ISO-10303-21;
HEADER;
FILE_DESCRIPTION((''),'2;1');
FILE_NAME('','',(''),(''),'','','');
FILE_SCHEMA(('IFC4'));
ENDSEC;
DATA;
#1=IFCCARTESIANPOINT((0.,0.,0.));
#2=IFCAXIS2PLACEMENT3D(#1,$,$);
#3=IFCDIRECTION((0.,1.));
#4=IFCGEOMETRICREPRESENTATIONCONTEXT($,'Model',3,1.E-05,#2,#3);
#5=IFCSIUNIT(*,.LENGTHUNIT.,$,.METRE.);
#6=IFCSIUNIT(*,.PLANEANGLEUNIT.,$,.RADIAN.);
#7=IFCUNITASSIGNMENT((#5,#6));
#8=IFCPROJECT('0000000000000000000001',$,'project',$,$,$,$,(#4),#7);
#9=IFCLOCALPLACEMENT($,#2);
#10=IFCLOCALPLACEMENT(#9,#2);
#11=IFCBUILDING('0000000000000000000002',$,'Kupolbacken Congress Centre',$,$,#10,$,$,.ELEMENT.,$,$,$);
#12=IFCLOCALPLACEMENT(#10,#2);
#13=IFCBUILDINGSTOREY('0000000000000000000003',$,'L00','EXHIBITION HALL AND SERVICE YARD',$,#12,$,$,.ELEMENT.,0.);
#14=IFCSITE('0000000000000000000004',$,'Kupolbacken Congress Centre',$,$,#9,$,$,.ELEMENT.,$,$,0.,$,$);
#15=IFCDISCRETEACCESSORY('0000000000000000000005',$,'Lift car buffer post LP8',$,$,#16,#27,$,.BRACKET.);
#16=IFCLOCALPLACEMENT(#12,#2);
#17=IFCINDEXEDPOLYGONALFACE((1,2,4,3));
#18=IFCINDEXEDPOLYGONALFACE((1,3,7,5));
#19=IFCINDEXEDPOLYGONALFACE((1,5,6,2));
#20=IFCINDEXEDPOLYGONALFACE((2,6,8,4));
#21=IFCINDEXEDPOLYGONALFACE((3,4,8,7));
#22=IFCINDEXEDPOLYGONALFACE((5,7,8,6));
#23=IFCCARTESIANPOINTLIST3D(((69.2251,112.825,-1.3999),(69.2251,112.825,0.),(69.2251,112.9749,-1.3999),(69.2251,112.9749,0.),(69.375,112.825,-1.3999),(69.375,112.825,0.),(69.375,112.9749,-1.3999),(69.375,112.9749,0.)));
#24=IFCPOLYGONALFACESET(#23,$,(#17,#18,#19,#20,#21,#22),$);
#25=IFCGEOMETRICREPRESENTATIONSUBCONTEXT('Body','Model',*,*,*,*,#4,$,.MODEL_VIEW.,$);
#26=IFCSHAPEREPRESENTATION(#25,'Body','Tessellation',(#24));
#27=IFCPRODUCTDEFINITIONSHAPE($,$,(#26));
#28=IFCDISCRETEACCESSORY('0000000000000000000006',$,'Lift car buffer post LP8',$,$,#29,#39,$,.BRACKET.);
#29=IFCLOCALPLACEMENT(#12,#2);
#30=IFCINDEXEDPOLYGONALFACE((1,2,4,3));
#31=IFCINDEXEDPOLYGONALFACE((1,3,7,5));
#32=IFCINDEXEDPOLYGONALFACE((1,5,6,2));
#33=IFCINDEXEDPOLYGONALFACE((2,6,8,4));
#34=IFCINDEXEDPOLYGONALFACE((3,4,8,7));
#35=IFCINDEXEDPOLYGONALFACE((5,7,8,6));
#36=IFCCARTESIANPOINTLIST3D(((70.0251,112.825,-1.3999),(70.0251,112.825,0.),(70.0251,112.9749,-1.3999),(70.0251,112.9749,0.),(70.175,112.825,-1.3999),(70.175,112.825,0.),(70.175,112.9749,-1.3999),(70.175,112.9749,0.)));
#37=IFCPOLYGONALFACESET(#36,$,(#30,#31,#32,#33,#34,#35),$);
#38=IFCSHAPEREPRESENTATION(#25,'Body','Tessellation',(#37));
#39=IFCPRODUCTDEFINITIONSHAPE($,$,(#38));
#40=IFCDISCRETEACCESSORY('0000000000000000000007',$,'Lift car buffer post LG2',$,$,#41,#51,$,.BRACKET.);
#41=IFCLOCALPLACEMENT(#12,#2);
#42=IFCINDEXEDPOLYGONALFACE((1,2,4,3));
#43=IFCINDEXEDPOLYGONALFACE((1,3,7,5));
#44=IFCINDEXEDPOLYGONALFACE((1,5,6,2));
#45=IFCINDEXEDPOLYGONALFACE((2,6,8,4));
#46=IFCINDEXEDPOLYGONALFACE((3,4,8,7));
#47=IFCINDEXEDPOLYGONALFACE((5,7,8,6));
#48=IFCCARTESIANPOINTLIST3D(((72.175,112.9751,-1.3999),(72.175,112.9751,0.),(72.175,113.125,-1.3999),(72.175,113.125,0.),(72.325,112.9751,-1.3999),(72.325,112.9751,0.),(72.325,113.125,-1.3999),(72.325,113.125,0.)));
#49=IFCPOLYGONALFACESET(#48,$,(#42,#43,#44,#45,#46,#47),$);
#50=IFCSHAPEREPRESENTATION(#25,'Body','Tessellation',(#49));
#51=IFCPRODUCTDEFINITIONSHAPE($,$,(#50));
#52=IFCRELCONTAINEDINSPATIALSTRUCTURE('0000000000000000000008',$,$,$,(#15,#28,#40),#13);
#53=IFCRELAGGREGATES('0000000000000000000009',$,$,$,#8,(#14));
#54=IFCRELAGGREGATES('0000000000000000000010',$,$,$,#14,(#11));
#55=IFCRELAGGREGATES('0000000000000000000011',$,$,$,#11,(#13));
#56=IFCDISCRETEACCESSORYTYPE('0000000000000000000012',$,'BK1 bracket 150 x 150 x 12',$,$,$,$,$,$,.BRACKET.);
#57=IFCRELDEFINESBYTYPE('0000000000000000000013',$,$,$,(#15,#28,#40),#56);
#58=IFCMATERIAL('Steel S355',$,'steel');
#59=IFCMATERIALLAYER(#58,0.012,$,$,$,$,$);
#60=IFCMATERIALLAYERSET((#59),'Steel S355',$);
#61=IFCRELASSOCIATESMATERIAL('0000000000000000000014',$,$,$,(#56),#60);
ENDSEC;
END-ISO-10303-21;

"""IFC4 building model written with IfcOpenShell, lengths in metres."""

from ifc_helpers import new_model, si_unit, direction, frame, origin, origin_2d, place, context, subcontext, project, spatial, rectangle, extrude, material, layer, layer_set, type_object, element, save


model = new_model("IFC4")

# Units and contexts
model_context = context("Model", 3, precision=1e-05, world=origin(), true_north=direction((0.0, 1.0)))
body_context = subcontext(model_context, "Body", "Model", "MODEL_VIEW")
ifc_project = project(units=[si_unit("LENGTHUNIT", "METRE"), si_unit("PLANEANGLEUNIT", "RADIAN")], contexts=[model_context])

# Site, building, storey
site_placement = place(None, origin())
site = spatial("IfcSite", under=ifc_project, at=site_placement, Name="Kupolbacken Congress Centre", CompositionType="ELEMENT", RefElevation=0.0)
building_placement = place(site_placement, origin())
building = spatial("IfcBuilding", under=site, at=building_placement, Name="Kupolbacken Congress Centre", CompositionType="ELEMENT")
storey_placement = place(building_placement, origin())
storey = spatial("IfcBuildingStorey", under=building, at=storey_placement, Name="L00", Description="EXHIBITION HALL AND SERVICE YARD", CompositionType="ELEMENT", Elevation=0.0)

# Discrete accessories
ifc_material_1 = material(Name="Steel S355", Category="steel")
ifc_layer_1 = layer(ifc_material_1, 0.012)
ifc_layer_set_1 = layer_set([ifc_layer_1], Name="Steel S355")
discrete_accessory_type = type_object("IfcDiscreteAccessoryType", Name="BK1 bracket 150 x 150 x 12", PredefinedType="BRACKET", material=ifc_layer_set_1)
for number, where, z_axis, x_axis, name in (
    (1, (69.3, 112.8999, -1.3999), (0.0, 0.0, 1.0), (1.0, 0.0, 0.0), "Lift car buffer post LP8"),
    (2, (70.1001, 112.8999, -1.3999), (0.0, 0.0, 1.0), (1.0, 0.0, 0.0), "Lift car buffer post LP8"),
    (3, (72.25, 113.05, -1.3999), (0.0, 0.0, 1.0), (1.0, 0.0, 0.0), "Lift car buffer post LG2"),
):
    element("IfcDiscreteAccessory", number, at=place(storey_placement, frame(where, z_axis=z_axis, x_axis=x_axis)), inside=storey, type_object=discrete_accessory_type, Name=name, PredefinedType="BRACKET", context=body_context, shape_type="SweptSolid", body=[
        extrude(rectangle(XDim=0.1499, YDim=0.1499, at=origin_2d()), origin(), (0.0, 0.0, 1.0), 1.3999),
    ])

save(model, "model.ifc")
